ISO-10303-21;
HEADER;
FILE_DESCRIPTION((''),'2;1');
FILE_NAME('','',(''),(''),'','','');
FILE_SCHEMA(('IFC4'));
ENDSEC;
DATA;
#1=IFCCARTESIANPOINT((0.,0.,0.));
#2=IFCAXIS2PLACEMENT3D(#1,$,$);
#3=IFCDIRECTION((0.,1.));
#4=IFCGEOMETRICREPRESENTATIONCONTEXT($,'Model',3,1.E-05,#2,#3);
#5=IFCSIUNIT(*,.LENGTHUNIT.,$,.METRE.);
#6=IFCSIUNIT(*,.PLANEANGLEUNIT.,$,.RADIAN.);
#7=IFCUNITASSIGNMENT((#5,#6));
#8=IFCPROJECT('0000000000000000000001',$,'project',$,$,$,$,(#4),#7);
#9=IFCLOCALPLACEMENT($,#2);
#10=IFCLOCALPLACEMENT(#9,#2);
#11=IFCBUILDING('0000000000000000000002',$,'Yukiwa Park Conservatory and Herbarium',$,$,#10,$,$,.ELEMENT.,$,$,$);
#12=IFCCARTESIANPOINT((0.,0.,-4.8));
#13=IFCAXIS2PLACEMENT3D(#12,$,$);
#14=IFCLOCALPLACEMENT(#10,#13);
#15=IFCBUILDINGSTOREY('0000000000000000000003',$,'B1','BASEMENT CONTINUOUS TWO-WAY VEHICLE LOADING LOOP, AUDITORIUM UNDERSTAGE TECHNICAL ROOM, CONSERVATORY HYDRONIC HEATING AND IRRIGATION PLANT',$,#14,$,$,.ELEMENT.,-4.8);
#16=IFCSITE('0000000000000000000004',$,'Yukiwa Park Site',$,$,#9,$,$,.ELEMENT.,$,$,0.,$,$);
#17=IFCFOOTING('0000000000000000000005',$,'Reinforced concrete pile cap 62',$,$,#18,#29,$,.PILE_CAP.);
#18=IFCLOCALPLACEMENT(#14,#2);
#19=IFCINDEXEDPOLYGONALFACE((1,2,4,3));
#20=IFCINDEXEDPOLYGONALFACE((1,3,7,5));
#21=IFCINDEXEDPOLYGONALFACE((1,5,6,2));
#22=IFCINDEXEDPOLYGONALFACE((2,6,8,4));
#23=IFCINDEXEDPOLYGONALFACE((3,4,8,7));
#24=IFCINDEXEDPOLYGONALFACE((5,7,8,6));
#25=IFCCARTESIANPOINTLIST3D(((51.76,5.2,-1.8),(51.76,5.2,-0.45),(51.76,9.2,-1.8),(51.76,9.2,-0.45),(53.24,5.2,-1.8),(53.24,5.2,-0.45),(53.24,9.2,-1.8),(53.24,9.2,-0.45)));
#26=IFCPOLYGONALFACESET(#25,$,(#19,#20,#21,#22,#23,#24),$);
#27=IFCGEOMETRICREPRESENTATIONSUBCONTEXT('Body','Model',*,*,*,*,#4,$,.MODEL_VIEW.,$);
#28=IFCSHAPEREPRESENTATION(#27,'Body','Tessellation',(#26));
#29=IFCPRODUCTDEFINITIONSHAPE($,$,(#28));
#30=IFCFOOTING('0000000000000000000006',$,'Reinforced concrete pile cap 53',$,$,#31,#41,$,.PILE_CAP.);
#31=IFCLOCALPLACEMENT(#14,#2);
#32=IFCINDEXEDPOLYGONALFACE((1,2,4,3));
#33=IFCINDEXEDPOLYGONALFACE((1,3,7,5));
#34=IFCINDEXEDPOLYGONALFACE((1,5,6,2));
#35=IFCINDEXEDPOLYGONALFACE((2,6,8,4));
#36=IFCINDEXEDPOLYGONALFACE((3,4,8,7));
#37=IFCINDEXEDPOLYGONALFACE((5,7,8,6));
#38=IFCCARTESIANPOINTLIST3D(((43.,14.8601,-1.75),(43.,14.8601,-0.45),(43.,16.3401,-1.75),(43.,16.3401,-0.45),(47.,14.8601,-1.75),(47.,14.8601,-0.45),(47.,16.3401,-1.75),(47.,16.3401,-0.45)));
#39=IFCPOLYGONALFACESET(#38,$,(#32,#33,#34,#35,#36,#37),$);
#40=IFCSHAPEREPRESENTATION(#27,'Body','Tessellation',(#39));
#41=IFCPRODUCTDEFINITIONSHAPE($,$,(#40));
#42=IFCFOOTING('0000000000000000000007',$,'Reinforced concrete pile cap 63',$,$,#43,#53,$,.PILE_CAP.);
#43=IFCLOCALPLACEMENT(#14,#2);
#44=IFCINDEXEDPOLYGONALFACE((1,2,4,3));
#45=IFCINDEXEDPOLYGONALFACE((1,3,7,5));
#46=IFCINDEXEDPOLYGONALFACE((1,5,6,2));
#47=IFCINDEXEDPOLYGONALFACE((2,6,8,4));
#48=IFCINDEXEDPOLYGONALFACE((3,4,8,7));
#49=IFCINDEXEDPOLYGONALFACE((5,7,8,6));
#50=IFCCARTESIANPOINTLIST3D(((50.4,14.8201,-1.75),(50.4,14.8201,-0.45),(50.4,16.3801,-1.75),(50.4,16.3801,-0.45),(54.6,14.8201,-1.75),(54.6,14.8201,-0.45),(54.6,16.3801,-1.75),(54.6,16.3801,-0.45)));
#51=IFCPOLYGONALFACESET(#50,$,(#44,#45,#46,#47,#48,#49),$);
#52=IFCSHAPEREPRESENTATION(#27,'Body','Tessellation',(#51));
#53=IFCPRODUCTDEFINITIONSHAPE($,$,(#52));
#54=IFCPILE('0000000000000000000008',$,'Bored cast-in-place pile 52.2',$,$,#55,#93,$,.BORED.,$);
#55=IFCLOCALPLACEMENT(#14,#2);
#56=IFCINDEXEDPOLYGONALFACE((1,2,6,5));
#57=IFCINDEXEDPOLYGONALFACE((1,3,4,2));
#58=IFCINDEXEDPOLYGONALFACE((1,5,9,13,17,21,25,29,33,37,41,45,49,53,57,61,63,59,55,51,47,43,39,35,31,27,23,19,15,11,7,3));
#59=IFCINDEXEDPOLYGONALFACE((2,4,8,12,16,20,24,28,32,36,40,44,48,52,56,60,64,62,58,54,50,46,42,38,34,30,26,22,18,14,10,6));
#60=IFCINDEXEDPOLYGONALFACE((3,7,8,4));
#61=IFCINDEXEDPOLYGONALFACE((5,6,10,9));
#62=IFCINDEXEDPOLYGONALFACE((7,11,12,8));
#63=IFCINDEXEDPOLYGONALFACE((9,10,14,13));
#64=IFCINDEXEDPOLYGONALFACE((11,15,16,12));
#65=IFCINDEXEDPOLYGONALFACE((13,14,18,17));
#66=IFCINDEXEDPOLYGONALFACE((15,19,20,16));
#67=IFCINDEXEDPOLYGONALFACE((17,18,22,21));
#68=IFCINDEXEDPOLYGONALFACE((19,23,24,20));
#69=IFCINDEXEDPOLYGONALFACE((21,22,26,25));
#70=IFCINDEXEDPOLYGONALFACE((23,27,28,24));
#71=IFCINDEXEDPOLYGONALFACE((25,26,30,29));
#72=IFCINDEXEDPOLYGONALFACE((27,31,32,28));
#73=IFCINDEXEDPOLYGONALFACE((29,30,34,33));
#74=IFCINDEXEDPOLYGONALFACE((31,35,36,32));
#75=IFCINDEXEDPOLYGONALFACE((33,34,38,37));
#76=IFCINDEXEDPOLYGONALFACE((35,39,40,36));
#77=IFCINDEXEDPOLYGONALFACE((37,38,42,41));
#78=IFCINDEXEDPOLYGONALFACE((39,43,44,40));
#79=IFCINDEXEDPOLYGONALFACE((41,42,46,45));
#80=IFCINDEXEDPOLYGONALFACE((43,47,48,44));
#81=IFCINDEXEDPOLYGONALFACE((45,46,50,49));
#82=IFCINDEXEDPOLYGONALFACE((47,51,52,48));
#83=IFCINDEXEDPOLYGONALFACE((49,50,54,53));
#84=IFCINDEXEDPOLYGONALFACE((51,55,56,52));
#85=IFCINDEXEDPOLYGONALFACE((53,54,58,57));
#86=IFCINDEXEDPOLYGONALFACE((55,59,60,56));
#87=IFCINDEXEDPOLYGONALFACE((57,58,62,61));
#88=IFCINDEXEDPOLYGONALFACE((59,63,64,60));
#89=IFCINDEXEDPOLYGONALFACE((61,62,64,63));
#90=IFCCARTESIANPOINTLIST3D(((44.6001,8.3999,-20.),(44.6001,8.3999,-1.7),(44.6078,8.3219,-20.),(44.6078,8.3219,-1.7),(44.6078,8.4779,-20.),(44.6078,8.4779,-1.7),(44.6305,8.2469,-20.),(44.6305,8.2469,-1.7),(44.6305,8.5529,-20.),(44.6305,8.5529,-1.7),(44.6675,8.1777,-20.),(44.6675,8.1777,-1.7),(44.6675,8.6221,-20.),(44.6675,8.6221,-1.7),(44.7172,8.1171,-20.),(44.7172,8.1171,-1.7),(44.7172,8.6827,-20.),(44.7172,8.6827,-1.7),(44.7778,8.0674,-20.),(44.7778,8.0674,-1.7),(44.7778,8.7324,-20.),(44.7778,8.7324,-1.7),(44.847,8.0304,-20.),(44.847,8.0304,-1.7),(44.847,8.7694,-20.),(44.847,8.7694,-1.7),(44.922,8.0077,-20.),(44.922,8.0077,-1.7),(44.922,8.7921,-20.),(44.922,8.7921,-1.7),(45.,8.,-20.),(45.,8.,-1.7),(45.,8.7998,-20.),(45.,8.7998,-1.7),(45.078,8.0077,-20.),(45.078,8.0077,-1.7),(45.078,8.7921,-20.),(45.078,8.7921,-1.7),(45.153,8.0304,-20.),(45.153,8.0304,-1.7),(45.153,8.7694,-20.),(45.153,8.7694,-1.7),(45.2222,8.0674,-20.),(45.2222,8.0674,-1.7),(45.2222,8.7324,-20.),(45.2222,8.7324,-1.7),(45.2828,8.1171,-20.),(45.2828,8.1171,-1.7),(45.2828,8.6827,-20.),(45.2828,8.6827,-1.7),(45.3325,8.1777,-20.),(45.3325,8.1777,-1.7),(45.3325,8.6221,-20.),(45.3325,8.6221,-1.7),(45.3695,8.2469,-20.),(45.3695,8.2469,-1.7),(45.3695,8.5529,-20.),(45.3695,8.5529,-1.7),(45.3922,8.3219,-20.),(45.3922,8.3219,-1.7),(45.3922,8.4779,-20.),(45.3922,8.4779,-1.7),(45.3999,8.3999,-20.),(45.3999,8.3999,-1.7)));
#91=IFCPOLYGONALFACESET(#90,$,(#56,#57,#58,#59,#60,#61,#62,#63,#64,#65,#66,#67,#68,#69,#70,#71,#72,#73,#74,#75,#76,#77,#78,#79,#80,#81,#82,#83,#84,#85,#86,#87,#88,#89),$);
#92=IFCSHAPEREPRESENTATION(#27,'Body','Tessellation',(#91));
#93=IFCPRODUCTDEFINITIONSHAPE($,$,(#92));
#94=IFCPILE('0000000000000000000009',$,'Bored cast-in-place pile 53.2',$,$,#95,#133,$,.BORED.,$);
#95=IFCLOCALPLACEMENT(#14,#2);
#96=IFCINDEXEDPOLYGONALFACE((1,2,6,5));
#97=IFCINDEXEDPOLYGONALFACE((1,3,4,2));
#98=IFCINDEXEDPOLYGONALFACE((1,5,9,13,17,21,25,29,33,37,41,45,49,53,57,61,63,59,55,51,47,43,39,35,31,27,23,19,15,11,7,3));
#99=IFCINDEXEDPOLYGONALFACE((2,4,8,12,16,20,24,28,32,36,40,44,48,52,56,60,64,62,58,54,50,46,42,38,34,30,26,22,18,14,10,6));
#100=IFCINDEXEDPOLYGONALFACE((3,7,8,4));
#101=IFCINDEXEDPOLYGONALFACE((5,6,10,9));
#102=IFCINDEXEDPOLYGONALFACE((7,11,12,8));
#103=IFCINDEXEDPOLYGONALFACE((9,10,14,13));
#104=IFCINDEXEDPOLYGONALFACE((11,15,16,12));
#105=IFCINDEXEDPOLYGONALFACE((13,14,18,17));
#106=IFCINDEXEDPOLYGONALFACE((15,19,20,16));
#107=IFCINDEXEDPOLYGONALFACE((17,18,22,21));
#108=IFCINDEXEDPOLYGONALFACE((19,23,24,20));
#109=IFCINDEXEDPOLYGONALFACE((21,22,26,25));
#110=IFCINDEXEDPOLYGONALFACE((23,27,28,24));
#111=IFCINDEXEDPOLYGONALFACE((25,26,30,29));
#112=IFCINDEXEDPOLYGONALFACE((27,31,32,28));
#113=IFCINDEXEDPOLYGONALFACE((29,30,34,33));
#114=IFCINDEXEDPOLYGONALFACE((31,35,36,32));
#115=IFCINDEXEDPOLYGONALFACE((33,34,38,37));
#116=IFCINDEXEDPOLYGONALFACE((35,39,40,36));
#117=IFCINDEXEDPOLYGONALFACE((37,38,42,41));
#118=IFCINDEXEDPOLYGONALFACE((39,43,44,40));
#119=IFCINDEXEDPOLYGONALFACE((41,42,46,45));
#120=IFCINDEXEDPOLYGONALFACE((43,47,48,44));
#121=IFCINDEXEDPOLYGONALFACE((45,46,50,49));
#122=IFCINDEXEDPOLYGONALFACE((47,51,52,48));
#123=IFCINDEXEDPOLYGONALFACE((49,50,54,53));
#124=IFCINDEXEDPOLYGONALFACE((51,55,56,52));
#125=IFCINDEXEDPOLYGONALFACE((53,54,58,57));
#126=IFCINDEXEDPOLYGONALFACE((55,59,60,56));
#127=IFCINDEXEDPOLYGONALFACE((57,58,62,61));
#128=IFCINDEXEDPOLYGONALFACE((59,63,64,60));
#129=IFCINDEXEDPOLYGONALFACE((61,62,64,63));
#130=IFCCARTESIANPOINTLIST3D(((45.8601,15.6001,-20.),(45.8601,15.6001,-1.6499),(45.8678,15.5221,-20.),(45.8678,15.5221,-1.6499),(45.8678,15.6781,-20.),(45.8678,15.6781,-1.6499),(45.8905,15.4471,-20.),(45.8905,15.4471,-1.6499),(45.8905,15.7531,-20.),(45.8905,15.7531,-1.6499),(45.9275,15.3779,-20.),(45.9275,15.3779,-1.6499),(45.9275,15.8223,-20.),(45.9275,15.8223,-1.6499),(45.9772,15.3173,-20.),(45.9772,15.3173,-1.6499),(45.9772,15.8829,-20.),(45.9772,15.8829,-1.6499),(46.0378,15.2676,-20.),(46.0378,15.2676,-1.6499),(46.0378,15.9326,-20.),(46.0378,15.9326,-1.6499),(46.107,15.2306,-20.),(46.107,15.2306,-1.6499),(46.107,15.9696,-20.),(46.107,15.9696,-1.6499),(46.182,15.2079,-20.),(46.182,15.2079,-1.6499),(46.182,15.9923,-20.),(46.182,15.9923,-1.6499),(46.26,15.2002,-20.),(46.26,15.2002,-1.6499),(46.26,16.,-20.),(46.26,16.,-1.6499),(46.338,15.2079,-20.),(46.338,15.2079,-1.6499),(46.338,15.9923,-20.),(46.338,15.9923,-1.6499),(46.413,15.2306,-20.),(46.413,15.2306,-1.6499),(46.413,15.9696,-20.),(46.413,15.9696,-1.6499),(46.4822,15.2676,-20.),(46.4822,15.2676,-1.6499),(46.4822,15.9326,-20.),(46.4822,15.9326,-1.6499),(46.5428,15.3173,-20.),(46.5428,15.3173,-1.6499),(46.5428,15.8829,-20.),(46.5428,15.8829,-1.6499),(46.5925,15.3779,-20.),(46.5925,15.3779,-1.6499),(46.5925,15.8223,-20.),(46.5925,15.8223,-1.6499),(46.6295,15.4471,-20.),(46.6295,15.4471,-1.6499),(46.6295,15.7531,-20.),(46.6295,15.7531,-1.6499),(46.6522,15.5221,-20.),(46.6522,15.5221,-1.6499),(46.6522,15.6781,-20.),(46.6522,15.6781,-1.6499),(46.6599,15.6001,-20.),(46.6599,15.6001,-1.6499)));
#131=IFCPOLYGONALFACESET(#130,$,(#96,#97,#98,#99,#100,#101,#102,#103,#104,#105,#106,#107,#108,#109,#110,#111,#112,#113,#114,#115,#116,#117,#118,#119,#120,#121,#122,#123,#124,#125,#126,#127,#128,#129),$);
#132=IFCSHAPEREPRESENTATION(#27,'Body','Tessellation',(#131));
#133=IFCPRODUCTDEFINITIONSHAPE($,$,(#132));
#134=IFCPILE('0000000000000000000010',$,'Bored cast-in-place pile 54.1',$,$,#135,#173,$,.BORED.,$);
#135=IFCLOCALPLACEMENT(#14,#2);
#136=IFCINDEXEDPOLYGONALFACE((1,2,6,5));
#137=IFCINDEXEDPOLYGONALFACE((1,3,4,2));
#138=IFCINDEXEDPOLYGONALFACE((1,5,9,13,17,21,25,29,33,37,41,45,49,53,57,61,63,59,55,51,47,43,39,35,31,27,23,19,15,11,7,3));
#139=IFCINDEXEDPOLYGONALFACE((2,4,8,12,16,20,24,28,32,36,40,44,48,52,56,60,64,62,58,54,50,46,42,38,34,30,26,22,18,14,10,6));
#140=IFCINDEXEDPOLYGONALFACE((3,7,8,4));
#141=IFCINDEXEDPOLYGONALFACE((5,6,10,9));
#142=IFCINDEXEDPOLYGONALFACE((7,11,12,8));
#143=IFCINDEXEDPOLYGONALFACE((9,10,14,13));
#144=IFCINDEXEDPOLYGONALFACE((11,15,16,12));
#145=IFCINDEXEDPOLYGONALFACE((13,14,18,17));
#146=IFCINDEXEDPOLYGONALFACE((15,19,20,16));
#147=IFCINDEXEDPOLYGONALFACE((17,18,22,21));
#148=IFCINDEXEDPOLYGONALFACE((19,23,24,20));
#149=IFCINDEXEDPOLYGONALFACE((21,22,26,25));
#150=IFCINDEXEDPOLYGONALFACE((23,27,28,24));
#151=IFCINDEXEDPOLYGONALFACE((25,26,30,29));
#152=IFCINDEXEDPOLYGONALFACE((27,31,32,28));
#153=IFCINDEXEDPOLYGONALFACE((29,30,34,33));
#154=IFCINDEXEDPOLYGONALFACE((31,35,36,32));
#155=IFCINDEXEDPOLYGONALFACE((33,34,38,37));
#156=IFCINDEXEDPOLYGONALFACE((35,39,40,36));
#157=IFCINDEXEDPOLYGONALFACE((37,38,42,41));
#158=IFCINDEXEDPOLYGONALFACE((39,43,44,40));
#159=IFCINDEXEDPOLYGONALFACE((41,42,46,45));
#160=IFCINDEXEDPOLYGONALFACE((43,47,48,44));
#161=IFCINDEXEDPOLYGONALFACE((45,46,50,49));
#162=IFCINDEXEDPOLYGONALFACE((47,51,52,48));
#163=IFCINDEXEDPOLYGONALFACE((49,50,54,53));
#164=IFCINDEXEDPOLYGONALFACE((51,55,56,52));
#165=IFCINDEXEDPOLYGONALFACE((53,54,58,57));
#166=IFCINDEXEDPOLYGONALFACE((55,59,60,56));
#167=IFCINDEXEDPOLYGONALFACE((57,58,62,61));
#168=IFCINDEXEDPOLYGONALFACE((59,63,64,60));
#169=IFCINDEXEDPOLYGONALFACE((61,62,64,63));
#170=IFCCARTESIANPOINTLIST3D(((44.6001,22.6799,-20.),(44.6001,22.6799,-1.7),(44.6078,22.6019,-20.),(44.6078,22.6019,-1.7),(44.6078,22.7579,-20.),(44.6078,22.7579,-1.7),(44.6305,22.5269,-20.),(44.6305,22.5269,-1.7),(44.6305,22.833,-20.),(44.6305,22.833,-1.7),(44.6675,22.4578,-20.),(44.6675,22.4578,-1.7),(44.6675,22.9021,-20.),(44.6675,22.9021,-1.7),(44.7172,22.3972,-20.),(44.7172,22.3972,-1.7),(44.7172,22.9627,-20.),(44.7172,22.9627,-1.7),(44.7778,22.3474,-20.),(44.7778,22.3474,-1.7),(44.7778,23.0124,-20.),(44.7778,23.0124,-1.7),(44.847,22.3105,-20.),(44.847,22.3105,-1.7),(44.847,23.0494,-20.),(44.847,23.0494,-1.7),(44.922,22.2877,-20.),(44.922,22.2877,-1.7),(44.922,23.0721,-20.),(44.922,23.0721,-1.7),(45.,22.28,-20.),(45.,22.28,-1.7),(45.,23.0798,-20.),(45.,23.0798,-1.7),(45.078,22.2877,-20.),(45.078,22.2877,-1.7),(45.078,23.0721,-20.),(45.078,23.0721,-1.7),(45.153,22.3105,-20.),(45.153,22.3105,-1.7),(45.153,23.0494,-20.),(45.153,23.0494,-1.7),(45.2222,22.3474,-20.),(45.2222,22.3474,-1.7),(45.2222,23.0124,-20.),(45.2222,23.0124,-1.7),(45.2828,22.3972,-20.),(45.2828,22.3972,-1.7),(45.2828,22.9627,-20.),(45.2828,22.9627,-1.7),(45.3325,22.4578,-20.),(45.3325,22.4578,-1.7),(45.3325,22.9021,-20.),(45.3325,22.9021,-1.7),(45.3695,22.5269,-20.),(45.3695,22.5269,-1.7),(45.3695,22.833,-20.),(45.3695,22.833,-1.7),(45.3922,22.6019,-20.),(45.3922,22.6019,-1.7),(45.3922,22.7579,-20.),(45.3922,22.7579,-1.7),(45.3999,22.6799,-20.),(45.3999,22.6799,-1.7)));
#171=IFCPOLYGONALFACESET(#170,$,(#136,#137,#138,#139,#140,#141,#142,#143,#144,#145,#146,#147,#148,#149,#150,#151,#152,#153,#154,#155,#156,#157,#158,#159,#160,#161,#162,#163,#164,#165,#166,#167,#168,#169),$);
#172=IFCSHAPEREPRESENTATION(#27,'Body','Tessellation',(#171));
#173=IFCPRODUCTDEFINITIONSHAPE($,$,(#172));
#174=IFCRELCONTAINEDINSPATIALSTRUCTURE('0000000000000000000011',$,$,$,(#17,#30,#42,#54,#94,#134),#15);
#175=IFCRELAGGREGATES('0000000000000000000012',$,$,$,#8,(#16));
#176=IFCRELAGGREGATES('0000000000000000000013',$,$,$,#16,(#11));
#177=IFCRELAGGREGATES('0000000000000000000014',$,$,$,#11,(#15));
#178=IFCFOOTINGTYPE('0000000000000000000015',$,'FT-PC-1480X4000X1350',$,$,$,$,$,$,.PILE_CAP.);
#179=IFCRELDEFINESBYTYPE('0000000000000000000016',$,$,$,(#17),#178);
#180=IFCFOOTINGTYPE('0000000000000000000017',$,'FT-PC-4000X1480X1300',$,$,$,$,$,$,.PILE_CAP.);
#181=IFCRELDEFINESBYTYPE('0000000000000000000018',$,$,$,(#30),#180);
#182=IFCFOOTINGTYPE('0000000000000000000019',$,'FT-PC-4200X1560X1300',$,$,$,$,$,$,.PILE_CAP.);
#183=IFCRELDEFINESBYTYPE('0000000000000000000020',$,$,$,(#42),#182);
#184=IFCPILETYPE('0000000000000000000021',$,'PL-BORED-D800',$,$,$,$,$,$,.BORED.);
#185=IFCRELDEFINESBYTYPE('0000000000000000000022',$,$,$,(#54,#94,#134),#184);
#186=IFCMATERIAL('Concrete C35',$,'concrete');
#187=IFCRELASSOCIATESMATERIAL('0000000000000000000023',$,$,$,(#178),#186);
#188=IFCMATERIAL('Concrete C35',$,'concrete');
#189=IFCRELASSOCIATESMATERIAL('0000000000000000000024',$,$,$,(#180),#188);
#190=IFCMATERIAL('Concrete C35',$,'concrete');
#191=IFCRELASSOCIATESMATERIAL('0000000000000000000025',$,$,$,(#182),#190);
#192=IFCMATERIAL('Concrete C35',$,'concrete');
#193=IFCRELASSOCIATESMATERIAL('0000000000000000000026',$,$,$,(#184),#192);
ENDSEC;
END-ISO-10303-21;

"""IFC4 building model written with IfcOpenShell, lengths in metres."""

from ifc_helpers import new_model, si_unit, direction, frame, origin, origin_2d, place, context, subcontext, project, spatial, rectangle, circle, extrude, material, material_profile, profile_set, type_object, element, save


model = new_model("IFC4")

# Units and contexts
model_context = context("Model", 3, precision=1e-05, world=origin(), true_north=direction((0.0, 1.0)))
body_context = subcontext(model_context, "Body", "Model", "MODEL_VIEW")
ifc_project = project(units=[si_unit("LENGTHUNIT", "METRE"), si_unit("PLANEANGLEUNIT", "RADIAN")], contexts=[model_context])

# Site, building, storey
site_placement = place(None, origin())
site = spatial("IfcSite", under=ifc_project, at=site_placement, Name="Yukiwa Park Site", CompositionType="ELEMENT", RefElevation=0.0)
building_placement = place(site_placement, origin())
building = spatial("IfcBuilding", under=site, at=building_placement, Name="Yukiwa Park Conservatory and Herbarium", CompositionType="ELEMENT")
storey_placement = place(building_placement, frame((0.0, 0.0, -4.8)))
storey = spatial("IfcBuildingStorey", under=building, at=storey_placement, Name="B1", Description="BASEMENT CONTINUOUS TWO-WAY VEHICLE LOADING LOOP, AUDITORIUM UNDERSTAGE TECHNICAL ROOM, CONSERVATORY HYDRONIC HEATING AND IRRIGATION PLANT", CompositionType="ELEMENT", Elevation=-4.8)

# Footings
ifc_material_1 = material(Name="Concrete C35", Category="concrete")
footing_type_1 = type_object("IfcFootingType", Name="FT-PC-1480X4000X1350", PredefinedType="PILE_CAP", material=ifc_material_1)
footing_1_placement = place(storey_placement, frame((52.5, 7.2, -1.8), z_axis=(0.0, 0.0, 1.0), x_axis=(1.0, 0.0, 0.0)))
element("IfcFooting", 1, at=footing_1_placement, inside=storey, type_object=footing_type_1, Name="Reinforced concrete pile cap 62", PredefinedType="PILE_CAP", context=body_context, shape_type="SweptSolid", body=[
    extrude(rectangle(XDim=1.48, YDim=4.0, at=origin_2d()), origin(), (0.0, 0.0, 1.0), 1.3501),
])
ifc_material_2 = material(Name="Concrete C35", Category="concrete")
footing_type_2 = type_object("IfcFootingType", Name="FT-PC-4000X1480X1300", PredefinedType="PILE_CAP", material=ifc_material_2)
footing_2_placement = place(storey_placement, frame((45.0, 15.6001, -1.75), z_axis=(0.0, 0.0, 1.0), x_axis=(1.0, 0.0, 0.0)))
element("IfcFooting", 2, at=footing_2_placement, inside=storey, type_object=footing_type_2, Name="Reinforced concrete pile cap 53", PredefinedType="PILE_CAP", context=body_context, shape_type="SweptSolid", body=[
    extrude(rectangle(XDim=4.0, YDim=1.48, at=origin_2d()), origin(), (0.0, 0.0, 1.0), 1.3),
])
ifc_material_3 = material(Name="Concrete C35", Category="concrete")
footing_type_3 = type_object("IfcFootingType", Name="FT-PC-4200X1560X1300", PredefinedType="PILE_CAP", material=ifc_material_3)
footing_3_placement = place(storey_placement, frame((52.5, 15.6001, -1.75), z_axis=(0.0, 0.0, 1.0), x_axis=(1.0, 0.0, 0.0)))
element("IfcFooting", 3, at=footing_3_placement, inside=storey, type_object=footing_type_3, Name="Reinforced concrete pile cap 63", PredefinedType="PILE_CAP", context=body_context, shape_type="SweptSolid", body=[
    extrude(rectangle(XDim=4.2, YDim=1.5601, at=origin_2d()), origin(), (0.0, 0.0, 1.0), 1.3),
])

# Piles
ifc_material_4 = material(Name="Concrete C35", Category="concrete")
ifc_material_profile_1 = material_profile(ifc_material_4, circle(Radius=0.3999, at=origin_2d()), Name="PILE D800")
ifc_profile_set_1 = profile_set([ifc_material_profile_1], Name="Concrete C35")
pile_type = type_object("IfcPileType", Name="PL-BORED-D800", PredefinedType="BORED", material=ifc_profile_set_1)
pile_1_placement = place(storey_placement, frame((45.0, 8.3999, -1.7), z_axis=(0.0, 0.0, -1.0), x_axis=(1.0, 0.0, 0.0)))
element("IfcPile", 4, at=pile_1_placement, inside=storey, type_object=pile_type, Name="Bored cast-in-place pile 52.2", PredefinedType="BORED", context=body_context, shape_type="SweptSolid", body=[
    extrude(circle(Radius=0.3999, at=origin_2d()), origin(), (0.0, 0.0, 1.0), 18.3),
])
pile_2_placement = place(storey_placement, frame((46.26, 15.6001, -1.6499), z_axis=(0.0, 0.0, -1.0), x_axis=(1.0, 0.0, 0.0)))
element("IfcPile", 5, at=pile_2_placement, inside=storey, type_object=pile_type, Name="Bored cast-in-place pile 53.2", PredefinedType="BORED", context=body_context, shape_type="SweptSolid", body=[
    extrude(circle(Radius=0.3999, at=origin_2d()), origin(), (0.0, 0.0, 1.0), 18.3501),
])
for number, where, z_axis, x_axis, name in (
    (6, (45.0, 22.6799, -1.7), (0.0, 0.0, -1.0), (1.0, 0.0, 0.0), "Bored cast-in-place pile 54.1"),
):
    element("IfcPile", number, at=place(storey_placement, frame(where, z_axis=z_axis, x_axis=x_axis)), inside=storey, type_object=pile_type, Name=name, PredefinedType="BORED", context=body_context, shape_type="SweptSolid", body=[
        extrude(circle(Radius=0.3999, at=origin_2d()), origin(), (0.0, 0.0, 1.0), 18.3),
    ])

save(model, "model.ifc")
